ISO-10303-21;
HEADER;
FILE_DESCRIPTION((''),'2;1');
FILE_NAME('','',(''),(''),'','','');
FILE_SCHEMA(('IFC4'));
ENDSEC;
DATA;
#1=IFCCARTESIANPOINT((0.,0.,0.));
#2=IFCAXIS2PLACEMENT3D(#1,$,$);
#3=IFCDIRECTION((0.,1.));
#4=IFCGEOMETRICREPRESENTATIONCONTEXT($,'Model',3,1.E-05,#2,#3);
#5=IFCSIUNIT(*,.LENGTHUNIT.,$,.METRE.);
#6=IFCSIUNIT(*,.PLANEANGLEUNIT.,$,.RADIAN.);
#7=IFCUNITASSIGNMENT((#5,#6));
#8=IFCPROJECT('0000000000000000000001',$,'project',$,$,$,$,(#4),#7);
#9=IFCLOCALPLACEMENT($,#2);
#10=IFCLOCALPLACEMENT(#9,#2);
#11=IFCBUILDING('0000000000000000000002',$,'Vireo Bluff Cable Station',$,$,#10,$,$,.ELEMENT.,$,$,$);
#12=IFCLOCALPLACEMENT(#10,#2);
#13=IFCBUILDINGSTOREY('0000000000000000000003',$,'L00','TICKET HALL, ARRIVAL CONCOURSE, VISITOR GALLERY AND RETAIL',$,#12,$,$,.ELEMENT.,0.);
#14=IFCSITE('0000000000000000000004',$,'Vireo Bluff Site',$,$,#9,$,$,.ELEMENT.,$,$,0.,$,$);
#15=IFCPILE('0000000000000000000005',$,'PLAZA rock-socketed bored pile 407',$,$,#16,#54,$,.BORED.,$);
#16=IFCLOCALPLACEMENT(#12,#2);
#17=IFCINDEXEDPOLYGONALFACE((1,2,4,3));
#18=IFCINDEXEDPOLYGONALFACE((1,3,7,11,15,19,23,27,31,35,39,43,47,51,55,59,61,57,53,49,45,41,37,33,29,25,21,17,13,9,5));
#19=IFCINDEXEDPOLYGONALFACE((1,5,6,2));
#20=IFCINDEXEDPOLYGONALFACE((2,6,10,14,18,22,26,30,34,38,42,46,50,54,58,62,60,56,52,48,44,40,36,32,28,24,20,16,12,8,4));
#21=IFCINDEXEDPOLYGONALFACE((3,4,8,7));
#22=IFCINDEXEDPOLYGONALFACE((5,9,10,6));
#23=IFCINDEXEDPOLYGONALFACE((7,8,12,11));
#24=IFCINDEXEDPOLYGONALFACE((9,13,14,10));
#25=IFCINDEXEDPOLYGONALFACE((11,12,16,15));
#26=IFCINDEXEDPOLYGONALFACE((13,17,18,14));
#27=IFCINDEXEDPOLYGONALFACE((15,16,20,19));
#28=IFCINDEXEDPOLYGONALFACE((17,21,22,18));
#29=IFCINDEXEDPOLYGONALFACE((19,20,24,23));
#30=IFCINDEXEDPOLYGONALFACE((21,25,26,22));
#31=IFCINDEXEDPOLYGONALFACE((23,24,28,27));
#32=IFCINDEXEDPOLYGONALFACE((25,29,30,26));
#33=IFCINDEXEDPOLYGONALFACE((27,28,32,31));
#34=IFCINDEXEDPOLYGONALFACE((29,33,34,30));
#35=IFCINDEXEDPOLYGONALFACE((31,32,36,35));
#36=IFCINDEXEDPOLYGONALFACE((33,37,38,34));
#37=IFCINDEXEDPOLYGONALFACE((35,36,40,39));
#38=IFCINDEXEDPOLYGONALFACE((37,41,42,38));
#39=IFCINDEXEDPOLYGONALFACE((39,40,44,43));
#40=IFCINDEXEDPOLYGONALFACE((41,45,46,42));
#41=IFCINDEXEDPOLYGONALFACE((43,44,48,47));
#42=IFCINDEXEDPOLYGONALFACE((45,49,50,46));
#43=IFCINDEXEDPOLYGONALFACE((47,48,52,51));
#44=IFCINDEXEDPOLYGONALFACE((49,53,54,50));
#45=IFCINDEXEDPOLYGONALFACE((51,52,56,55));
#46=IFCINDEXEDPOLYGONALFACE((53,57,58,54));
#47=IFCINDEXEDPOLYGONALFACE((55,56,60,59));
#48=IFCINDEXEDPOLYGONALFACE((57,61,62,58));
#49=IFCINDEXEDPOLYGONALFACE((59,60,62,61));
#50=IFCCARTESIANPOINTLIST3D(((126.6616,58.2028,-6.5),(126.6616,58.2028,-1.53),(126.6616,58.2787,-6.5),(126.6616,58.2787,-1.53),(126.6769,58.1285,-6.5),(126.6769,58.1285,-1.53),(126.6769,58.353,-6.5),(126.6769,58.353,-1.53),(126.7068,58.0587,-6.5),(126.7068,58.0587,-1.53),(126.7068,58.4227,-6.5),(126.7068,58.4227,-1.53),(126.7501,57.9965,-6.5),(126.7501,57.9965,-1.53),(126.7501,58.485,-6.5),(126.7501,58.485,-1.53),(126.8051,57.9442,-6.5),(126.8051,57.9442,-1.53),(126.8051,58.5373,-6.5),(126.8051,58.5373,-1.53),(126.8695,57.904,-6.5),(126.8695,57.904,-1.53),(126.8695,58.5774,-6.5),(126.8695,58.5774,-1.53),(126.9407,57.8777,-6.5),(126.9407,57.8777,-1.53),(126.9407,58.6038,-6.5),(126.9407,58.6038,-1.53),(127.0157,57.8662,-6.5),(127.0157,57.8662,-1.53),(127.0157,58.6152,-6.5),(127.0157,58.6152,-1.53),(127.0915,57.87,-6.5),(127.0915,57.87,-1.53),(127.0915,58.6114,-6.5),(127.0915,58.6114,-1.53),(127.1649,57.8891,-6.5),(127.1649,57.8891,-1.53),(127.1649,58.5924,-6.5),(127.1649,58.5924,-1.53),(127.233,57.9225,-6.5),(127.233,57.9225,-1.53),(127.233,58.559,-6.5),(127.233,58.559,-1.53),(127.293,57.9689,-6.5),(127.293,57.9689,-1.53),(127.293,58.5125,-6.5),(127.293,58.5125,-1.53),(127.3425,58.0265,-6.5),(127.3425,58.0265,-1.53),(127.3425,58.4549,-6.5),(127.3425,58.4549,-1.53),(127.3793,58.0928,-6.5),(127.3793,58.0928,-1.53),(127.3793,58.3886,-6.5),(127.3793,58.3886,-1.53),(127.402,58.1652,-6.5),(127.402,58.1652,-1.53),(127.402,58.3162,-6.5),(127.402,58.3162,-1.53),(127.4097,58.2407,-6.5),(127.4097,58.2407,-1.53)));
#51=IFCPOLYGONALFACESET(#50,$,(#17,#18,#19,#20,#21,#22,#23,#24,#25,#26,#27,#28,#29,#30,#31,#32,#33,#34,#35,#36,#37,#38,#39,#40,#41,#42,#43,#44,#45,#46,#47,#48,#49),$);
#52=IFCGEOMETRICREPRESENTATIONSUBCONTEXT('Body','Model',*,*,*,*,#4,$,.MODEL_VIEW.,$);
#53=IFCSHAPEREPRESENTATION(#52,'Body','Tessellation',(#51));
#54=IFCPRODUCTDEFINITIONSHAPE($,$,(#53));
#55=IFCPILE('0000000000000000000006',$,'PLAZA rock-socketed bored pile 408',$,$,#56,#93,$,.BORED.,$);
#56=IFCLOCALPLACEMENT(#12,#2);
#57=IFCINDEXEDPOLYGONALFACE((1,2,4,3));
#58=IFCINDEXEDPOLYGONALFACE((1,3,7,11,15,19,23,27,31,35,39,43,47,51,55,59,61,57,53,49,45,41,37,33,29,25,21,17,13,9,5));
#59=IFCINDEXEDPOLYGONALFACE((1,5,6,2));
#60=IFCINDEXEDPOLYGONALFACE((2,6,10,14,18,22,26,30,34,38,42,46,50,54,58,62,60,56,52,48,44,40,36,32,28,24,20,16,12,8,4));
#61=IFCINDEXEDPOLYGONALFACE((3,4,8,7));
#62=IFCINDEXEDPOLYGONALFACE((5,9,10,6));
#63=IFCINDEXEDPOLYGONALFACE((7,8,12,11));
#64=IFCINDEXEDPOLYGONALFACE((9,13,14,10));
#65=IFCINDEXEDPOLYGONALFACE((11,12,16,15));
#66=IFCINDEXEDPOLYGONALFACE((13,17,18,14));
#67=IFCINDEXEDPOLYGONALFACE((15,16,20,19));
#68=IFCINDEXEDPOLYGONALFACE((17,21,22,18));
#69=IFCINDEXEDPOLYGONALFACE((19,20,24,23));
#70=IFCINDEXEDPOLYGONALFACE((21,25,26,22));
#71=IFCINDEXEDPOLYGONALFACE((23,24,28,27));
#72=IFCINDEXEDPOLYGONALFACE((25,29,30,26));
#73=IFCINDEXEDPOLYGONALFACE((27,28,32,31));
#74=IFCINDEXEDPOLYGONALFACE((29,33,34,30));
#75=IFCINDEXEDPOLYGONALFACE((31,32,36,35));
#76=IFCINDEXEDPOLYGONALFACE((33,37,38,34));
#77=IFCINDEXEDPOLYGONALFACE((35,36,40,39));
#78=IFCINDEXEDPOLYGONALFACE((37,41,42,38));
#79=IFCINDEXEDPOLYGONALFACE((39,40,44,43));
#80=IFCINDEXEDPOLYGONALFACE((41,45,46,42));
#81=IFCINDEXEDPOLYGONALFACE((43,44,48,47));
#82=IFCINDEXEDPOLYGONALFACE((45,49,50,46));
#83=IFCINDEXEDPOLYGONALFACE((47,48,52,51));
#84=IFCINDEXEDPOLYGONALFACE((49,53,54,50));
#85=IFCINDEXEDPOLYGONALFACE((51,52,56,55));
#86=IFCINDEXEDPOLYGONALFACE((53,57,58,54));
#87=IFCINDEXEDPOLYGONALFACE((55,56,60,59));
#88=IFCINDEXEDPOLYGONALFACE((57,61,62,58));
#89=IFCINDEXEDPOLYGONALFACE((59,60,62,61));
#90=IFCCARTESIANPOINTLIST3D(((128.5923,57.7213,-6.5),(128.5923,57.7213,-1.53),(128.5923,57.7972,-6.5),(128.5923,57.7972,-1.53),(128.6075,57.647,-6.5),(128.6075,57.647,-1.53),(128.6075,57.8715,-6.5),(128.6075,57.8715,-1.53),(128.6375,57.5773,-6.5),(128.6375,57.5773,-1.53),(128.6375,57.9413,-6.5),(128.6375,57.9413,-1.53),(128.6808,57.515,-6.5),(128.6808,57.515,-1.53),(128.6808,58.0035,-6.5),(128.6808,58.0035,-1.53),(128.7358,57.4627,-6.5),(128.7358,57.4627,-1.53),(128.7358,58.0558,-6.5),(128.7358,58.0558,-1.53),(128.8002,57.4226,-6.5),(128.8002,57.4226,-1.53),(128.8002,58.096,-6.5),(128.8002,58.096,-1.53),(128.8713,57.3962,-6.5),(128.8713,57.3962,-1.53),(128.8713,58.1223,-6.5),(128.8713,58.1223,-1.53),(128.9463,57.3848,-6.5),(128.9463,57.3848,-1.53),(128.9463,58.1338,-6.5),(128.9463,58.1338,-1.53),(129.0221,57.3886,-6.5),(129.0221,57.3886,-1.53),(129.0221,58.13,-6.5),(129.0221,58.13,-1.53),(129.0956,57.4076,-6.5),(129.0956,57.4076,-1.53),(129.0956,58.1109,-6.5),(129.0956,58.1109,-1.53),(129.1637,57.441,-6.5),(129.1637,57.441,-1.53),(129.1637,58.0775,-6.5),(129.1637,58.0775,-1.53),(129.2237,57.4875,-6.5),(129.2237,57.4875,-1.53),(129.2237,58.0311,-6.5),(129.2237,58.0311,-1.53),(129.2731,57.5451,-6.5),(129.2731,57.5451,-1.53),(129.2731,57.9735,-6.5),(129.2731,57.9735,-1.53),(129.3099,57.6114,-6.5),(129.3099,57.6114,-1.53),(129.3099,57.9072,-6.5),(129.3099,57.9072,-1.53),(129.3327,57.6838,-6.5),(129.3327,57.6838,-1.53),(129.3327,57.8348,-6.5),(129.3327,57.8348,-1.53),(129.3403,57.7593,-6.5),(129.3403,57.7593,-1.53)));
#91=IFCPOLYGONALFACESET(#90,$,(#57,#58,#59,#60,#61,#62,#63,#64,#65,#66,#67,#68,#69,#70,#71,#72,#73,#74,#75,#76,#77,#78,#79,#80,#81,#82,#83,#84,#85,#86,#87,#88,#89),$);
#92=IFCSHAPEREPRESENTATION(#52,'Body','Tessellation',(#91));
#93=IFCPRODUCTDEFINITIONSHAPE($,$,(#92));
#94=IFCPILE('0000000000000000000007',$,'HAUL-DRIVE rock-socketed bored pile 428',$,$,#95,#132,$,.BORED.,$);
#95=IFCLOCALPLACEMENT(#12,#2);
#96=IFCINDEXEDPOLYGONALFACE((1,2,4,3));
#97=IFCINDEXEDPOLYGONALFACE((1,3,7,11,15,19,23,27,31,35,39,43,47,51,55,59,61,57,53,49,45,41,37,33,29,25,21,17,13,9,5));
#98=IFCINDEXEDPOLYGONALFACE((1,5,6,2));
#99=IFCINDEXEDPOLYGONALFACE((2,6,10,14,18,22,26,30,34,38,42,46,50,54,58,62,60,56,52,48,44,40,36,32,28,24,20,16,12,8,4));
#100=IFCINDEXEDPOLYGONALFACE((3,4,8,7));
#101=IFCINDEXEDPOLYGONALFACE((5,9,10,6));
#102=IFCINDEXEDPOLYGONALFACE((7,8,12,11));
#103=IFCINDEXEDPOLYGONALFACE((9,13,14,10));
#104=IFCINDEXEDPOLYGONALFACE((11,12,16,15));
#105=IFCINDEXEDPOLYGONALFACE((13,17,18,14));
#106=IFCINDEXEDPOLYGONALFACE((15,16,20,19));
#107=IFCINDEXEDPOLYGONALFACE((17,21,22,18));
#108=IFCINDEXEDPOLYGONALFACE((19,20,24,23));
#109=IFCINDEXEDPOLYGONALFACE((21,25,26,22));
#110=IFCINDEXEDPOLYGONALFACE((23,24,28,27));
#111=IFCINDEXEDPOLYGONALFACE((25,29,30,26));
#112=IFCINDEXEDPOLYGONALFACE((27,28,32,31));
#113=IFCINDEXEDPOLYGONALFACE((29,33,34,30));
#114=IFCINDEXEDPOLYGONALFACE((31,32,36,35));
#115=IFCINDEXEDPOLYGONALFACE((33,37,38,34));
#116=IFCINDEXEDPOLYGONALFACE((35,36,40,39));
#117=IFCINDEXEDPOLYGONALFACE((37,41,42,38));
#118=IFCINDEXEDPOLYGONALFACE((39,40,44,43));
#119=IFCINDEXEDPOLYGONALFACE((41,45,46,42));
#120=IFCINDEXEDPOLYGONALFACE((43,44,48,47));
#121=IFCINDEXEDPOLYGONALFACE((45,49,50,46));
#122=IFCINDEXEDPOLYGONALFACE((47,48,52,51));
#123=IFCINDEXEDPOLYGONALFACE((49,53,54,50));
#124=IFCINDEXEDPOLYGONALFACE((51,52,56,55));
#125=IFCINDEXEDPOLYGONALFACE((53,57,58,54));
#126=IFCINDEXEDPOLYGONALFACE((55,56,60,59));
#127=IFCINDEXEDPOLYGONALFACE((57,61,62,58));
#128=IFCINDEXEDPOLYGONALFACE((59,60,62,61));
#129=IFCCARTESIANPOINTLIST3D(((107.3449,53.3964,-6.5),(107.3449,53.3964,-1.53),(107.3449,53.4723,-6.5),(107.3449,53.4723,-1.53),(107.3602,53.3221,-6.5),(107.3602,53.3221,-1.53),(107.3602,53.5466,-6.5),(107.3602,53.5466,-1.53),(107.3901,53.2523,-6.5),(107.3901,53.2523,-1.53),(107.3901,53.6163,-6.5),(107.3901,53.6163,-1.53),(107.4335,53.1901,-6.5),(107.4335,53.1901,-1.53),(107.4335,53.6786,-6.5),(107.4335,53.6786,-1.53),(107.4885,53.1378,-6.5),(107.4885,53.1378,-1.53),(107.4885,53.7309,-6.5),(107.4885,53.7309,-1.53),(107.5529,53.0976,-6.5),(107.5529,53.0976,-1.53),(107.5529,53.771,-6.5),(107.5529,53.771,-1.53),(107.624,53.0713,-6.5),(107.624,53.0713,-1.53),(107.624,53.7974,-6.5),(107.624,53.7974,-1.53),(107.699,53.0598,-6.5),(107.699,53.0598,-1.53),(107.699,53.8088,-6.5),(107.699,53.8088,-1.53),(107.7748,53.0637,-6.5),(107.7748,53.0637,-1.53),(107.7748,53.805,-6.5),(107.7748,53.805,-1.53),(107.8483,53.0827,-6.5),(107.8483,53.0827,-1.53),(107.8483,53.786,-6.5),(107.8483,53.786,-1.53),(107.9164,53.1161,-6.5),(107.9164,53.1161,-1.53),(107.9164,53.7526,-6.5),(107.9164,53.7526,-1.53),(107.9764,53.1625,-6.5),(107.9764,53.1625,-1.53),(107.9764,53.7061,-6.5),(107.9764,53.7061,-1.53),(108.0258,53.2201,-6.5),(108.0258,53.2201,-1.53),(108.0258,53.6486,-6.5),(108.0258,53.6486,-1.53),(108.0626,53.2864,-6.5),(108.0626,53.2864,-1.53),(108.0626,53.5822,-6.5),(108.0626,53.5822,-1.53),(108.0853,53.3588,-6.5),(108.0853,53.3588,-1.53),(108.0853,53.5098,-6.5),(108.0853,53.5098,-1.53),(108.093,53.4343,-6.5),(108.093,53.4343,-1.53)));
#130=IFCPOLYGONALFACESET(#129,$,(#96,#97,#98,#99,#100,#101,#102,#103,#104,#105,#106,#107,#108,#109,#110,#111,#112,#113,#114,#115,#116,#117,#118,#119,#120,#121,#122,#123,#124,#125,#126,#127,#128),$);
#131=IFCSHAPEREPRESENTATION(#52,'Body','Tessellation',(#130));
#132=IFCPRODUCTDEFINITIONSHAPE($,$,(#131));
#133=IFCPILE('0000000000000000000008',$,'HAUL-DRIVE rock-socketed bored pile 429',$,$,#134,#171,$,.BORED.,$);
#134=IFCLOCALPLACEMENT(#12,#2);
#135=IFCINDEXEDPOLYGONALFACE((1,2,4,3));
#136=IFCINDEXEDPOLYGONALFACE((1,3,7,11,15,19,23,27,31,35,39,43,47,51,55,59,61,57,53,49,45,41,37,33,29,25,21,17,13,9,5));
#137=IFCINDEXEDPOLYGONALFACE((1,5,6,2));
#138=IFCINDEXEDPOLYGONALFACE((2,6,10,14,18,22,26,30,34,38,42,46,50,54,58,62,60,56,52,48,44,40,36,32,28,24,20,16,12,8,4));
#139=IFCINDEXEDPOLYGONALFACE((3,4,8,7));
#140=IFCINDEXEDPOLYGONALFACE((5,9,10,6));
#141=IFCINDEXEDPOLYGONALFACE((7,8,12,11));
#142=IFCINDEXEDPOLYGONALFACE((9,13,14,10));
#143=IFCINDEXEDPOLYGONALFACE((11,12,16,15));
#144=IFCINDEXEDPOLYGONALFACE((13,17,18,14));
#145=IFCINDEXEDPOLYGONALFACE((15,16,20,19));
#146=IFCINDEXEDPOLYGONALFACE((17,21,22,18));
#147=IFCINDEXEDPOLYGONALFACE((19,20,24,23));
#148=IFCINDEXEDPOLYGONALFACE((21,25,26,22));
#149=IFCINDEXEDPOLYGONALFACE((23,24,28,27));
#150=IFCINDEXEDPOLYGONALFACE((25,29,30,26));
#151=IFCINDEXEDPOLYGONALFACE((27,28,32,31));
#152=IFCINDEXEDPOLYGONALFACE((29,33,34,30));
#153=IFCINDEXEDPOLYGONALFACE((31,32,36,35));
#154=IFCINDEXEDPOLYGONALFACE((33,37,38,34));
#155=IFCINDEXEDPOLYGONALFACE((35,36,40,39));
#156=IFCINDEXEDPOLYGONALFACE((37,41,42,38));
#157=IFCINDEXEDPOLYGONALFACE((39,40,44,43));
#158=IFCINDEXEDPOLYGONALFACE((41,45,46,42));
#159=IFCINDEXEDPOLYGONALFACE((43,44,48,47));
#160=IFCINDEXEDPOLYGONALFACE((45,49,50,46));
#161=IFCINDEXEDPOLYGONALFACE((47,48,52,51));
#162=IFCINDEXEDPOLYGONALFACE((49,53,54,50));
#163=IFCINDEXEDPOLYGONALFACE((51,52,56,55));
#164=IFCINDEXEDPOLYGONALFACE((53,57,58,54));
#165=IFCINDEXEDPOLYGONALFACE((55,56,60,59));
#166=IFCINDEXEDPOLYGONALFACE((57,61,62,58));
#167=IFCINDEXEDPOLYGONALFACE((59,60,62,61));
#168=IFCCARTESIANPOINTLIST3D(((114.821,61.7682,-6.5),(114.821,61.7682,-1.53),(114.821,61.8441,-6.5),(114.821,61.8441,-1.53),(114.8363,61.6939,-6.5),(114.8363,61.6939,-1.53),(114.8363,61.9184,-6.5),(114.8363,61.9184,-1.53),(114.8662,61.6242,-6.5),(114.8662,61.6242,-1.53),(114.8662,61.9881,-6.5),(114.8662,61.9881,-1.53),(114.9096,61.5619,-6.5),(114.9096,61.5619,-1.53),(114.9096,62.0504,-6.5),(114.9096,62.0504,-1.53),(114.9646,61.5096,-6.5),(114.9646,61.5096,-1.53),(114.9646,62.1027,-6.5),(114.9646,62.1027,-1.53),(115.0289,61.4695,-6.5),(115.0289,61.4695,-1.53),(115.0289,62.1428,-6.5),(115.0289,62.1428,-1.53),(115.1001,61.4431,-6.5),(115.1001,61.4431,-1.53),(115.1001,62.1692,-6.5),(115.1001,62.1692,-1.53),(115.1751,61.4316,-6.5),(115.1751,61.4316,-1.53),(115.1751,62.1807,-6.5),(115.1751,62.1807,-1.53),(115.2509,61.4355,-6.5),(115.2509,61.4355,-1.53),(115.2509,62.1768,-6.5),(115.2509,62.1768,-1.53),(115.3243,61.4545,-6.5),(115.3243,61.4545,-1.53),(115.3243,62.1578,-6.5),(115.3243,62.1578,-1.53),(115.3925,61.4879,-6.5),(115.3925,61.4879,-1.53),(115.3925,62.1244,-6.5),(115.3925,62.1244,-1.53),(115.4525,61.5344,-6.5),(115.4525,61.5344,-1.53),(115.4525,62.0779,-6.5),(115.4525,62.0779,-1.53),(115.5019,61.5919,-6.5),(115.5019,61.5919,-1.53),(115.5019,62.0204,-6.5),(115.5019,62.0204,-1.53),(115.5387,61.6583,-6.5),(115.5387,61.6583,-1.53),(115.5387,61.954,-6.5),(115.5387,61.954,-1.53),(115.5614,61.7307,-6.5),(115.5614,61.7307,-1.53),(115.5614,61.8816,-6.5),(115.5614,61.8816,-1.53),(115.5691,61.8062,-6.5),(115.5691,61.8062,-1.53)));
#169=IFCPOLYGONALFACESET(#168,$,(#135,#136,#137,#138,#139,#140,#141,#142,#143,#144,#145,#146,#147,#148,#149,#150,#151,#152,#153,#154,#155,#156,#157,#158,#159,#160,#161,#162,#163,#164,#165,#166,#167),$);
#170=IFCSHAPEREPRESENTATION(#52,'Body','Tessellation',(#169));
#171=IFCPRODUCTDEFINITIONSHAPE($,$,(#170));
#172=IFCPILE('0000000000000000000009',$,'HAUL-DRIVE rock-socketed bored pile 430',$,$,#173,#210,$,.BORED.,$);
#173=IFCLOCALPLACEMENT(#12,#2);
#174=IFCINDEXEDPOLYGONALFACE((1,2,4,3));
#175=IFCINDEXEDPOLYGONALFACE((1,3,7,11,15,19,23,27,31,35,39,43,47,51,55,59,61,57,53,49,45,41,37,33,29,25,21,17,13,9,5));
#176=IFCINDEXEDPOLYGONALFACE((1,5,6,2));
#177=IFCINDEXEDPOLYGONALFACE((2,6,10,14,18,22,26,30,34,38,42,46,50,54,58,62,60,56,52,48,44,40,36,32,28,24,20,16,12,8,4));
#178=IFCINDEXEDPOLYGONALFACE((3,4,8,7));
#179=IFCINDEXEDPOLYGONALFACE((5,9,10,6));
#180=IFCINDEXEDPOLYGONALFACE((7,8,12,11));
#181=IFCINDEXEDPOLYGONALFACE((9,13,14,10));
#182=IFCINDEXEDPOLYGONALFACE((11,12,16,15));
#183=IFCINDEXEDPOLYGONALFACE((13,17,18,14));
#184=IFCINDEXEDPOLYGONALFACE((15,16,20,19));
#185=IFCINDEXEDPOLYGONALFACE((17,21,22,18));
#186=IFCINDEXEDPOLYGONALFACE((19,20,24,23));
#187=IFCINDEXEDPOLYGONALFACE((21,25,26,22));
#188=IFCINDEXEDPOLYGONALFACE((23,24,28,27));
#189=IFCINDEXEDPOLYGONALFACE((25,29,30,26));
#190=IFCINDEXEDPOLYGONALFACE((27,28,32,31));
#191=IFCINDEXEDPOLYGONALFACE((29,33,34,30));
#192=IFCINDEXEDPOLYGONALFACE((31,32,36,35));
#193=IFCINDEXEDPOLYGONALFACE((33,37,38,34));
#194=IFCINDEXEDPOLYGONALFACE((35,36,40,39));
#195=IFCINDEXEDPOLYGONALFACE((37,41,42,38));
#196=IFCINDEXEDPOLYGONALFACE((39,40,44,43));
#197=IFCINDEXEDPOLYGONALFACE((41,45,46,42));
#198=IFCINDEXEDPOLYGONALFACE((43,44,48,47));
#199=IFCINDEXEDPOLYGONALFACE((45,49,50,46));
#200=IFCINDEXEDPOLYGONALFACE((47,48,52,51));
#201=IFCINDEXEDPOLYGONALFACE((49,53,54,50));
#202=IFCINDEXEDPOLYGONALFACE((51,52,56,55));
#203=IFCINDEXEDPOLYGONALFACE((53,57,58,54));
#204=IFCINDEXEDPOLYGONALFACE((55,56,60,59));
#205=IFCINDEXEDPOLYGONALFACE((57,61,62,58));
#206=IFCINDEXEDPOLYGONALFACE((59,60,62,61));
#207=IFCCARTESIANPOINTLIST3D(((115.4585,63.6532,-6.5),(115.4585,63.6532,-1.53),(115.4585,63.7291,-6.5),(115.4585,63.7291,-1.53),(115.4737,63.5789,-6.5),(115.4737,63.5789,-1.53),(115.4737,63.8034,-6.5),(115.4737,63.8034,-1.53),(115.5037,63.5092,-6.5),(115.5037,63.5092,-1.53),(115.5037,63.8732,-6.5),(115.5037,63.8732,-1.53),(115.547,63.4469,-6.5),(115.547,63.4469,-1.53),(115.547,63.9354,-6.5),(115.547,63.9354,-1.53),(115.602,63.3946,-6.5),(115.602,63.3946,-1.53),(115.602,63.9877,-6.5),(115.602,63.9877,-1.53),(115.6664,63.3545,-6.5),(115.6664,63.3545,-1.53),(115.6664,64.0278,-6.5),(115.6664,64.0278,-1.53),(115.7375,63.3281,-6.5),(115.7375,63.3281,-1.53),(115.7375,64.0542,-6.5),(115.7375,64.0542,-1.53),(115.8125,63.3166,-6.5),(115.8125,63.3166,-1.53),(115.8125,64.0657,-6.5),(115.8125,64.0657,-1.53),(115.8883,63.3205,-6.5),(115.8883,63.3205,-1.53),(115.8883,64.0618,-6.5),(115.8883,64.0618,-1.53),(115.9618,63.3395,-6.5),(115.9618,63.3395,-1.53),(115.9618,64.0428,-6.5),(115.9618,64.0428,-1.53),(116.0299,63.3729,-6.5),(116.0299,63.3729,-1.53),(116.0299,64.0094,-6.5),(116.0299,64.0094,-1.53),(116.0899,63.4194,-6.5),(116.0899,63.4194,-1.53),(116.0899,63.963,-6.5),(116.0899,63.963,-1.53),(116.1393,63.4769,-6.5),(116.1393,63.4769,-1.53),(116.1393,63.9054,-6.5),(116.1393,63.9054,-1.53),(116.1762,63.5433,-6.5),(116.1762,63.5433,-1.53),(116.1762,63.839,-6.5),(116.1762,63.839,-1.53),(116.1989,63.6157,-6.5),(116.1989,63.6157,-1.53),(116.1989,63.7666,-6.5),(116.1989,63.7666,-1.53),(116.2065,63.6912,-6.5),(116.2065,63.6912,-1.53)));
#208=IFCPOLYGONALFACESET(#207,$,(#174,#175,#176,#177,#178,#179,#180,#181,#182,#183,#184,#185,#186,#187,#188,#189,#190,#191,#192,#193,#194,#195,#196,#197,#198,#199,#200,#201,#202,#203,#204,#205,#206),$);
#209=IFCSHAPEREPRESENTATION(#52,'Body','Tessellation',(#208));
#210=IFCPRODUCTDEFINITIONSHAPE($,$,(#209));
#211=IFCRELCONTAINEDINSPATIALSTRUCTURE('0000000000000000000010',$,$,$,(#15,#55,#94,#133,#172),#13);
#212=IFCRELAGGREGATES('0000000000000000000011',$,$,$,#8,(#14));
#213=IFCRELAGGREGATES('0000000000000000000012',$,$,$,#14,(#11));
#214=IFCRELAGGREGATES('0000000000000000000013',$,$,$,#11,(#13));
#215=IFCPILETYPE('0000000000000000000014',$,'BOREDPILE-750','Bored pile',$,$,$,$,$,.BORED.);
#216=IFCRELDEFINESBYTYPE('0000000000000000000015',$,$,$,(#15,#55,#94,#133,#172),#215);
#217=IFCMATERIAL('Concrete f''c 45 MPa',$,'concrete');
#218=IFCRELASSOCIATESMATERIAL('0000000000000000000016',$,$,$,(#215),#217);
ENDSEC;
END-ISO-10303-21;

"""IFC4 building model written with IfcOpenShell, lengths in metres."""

from ifc_helpers import new_model, si_unit, direction, frame, origin, origin_2d, place, context, subcontext, project, spatial, circle, extrude, material, material_profile, profile_set, type_object, element, save


model = new_model("IFC4")

# Units and contexts
model_context = context("Model", 3, precision=1e-05, world=origin(), true_north=direction((0.0, 1.0)))
body_context = subcontext(model_context, "Body", "Model", "MODEL_VIEW")
ifc_project = project(units=[si_unit("LENGTHUNIT", "METRE"), si_unit("PLANEANGLEUNIT", "RADIAN")], contexts=[model_context])

# Site, building, storey
site_placement = place(None, origin())
site = spatial("IfcSite", under=ifc_project, at=site_placement, Name="Vireo Bluff Site", CompositionType="ELEMENT", RefElevation=0.0)
building_placement = place(site_placement, origin())
building = spatial("IfcBuilding", under=site, at=building_placement, Name="Vireo Bluff Cable Station", CompositionType="ELEMENT")
storey_placement = place(building_placement, origin())
storey = spatial("IfcBuildingStorey", under=building, at=storey_placement, Name="L00", Description="TICKET HALL, ARRIVAL CONCOURSE, VISITOR GALLERY AND RETAIL", CompositionType="ELEMENT", Elevation=0.0)

# Piles
ifc_material_1 = material(Name="Concrete f'c 45 MPa", Category="concrete")
ifc_material_profile_1 = material_profile(ifc_material_1, circle(Radius=0.375, at=origin_2d()), Name="BOREDPILE-750")
ifc_profile_set_1 = profile_set([ifc_material_profile_1], Name="Concrete f'c 45 MPa")
pile_type = type_object("IfcPileType", Name="BOREDPILE-750", Description="Bored pile", PredefinedType="BORED", material=ifc_profile_set_1)
for number, where, z_axis, x_axis, name in (
    (1, (127.0347, 58.2407, -1.53), (0.0, 0.0, -1.0), (1.0, 0.0, 0.0), "PLAZA rock-socketed bored pile 407"),
    (2, (128.9653, 57.7593, -1.53), (0.0, 0.0, -1.0), (1.0, 0.0, 0.0), "PLAZA rock-socketed bored pile 408"),
    (3, (107.718, 53.4343, -1.53), (0.0, 0.0, -1.0), (1.0, 0.0, 0.0), "HAUL-DRIVE rock-socketed bored pile 428"),
    (4, (115.1941, 61.8062, -1.53), (0.0, 0.0, -1.0), (1.0, 0.0, 0.0), "HAUL-DRIVE rock-socketed bored pile 429"),
    (5, (115.8315, 63.6912, -1.53), (0.0, 0.0, -1.0), (1.0, 0.0, 0.0), "HAUL-DRIVE rock-socketed bored pile 430"),
):
    element("IfcPile", number, at=place(storey_placement, frame(where, z_axis=z_axis, x_axis=x_axis)), inside=storey, type_object=pile_type, Name=name, PredefinedType="BORED", context=body_context, shape_type="SweptSolid", body=[
        extrude(circle(Radius=0.375, at=origin_2d()), origin(), (0.0, 0.0, 1.0), 4.97),
    ])

save(model, "model.ifc")
